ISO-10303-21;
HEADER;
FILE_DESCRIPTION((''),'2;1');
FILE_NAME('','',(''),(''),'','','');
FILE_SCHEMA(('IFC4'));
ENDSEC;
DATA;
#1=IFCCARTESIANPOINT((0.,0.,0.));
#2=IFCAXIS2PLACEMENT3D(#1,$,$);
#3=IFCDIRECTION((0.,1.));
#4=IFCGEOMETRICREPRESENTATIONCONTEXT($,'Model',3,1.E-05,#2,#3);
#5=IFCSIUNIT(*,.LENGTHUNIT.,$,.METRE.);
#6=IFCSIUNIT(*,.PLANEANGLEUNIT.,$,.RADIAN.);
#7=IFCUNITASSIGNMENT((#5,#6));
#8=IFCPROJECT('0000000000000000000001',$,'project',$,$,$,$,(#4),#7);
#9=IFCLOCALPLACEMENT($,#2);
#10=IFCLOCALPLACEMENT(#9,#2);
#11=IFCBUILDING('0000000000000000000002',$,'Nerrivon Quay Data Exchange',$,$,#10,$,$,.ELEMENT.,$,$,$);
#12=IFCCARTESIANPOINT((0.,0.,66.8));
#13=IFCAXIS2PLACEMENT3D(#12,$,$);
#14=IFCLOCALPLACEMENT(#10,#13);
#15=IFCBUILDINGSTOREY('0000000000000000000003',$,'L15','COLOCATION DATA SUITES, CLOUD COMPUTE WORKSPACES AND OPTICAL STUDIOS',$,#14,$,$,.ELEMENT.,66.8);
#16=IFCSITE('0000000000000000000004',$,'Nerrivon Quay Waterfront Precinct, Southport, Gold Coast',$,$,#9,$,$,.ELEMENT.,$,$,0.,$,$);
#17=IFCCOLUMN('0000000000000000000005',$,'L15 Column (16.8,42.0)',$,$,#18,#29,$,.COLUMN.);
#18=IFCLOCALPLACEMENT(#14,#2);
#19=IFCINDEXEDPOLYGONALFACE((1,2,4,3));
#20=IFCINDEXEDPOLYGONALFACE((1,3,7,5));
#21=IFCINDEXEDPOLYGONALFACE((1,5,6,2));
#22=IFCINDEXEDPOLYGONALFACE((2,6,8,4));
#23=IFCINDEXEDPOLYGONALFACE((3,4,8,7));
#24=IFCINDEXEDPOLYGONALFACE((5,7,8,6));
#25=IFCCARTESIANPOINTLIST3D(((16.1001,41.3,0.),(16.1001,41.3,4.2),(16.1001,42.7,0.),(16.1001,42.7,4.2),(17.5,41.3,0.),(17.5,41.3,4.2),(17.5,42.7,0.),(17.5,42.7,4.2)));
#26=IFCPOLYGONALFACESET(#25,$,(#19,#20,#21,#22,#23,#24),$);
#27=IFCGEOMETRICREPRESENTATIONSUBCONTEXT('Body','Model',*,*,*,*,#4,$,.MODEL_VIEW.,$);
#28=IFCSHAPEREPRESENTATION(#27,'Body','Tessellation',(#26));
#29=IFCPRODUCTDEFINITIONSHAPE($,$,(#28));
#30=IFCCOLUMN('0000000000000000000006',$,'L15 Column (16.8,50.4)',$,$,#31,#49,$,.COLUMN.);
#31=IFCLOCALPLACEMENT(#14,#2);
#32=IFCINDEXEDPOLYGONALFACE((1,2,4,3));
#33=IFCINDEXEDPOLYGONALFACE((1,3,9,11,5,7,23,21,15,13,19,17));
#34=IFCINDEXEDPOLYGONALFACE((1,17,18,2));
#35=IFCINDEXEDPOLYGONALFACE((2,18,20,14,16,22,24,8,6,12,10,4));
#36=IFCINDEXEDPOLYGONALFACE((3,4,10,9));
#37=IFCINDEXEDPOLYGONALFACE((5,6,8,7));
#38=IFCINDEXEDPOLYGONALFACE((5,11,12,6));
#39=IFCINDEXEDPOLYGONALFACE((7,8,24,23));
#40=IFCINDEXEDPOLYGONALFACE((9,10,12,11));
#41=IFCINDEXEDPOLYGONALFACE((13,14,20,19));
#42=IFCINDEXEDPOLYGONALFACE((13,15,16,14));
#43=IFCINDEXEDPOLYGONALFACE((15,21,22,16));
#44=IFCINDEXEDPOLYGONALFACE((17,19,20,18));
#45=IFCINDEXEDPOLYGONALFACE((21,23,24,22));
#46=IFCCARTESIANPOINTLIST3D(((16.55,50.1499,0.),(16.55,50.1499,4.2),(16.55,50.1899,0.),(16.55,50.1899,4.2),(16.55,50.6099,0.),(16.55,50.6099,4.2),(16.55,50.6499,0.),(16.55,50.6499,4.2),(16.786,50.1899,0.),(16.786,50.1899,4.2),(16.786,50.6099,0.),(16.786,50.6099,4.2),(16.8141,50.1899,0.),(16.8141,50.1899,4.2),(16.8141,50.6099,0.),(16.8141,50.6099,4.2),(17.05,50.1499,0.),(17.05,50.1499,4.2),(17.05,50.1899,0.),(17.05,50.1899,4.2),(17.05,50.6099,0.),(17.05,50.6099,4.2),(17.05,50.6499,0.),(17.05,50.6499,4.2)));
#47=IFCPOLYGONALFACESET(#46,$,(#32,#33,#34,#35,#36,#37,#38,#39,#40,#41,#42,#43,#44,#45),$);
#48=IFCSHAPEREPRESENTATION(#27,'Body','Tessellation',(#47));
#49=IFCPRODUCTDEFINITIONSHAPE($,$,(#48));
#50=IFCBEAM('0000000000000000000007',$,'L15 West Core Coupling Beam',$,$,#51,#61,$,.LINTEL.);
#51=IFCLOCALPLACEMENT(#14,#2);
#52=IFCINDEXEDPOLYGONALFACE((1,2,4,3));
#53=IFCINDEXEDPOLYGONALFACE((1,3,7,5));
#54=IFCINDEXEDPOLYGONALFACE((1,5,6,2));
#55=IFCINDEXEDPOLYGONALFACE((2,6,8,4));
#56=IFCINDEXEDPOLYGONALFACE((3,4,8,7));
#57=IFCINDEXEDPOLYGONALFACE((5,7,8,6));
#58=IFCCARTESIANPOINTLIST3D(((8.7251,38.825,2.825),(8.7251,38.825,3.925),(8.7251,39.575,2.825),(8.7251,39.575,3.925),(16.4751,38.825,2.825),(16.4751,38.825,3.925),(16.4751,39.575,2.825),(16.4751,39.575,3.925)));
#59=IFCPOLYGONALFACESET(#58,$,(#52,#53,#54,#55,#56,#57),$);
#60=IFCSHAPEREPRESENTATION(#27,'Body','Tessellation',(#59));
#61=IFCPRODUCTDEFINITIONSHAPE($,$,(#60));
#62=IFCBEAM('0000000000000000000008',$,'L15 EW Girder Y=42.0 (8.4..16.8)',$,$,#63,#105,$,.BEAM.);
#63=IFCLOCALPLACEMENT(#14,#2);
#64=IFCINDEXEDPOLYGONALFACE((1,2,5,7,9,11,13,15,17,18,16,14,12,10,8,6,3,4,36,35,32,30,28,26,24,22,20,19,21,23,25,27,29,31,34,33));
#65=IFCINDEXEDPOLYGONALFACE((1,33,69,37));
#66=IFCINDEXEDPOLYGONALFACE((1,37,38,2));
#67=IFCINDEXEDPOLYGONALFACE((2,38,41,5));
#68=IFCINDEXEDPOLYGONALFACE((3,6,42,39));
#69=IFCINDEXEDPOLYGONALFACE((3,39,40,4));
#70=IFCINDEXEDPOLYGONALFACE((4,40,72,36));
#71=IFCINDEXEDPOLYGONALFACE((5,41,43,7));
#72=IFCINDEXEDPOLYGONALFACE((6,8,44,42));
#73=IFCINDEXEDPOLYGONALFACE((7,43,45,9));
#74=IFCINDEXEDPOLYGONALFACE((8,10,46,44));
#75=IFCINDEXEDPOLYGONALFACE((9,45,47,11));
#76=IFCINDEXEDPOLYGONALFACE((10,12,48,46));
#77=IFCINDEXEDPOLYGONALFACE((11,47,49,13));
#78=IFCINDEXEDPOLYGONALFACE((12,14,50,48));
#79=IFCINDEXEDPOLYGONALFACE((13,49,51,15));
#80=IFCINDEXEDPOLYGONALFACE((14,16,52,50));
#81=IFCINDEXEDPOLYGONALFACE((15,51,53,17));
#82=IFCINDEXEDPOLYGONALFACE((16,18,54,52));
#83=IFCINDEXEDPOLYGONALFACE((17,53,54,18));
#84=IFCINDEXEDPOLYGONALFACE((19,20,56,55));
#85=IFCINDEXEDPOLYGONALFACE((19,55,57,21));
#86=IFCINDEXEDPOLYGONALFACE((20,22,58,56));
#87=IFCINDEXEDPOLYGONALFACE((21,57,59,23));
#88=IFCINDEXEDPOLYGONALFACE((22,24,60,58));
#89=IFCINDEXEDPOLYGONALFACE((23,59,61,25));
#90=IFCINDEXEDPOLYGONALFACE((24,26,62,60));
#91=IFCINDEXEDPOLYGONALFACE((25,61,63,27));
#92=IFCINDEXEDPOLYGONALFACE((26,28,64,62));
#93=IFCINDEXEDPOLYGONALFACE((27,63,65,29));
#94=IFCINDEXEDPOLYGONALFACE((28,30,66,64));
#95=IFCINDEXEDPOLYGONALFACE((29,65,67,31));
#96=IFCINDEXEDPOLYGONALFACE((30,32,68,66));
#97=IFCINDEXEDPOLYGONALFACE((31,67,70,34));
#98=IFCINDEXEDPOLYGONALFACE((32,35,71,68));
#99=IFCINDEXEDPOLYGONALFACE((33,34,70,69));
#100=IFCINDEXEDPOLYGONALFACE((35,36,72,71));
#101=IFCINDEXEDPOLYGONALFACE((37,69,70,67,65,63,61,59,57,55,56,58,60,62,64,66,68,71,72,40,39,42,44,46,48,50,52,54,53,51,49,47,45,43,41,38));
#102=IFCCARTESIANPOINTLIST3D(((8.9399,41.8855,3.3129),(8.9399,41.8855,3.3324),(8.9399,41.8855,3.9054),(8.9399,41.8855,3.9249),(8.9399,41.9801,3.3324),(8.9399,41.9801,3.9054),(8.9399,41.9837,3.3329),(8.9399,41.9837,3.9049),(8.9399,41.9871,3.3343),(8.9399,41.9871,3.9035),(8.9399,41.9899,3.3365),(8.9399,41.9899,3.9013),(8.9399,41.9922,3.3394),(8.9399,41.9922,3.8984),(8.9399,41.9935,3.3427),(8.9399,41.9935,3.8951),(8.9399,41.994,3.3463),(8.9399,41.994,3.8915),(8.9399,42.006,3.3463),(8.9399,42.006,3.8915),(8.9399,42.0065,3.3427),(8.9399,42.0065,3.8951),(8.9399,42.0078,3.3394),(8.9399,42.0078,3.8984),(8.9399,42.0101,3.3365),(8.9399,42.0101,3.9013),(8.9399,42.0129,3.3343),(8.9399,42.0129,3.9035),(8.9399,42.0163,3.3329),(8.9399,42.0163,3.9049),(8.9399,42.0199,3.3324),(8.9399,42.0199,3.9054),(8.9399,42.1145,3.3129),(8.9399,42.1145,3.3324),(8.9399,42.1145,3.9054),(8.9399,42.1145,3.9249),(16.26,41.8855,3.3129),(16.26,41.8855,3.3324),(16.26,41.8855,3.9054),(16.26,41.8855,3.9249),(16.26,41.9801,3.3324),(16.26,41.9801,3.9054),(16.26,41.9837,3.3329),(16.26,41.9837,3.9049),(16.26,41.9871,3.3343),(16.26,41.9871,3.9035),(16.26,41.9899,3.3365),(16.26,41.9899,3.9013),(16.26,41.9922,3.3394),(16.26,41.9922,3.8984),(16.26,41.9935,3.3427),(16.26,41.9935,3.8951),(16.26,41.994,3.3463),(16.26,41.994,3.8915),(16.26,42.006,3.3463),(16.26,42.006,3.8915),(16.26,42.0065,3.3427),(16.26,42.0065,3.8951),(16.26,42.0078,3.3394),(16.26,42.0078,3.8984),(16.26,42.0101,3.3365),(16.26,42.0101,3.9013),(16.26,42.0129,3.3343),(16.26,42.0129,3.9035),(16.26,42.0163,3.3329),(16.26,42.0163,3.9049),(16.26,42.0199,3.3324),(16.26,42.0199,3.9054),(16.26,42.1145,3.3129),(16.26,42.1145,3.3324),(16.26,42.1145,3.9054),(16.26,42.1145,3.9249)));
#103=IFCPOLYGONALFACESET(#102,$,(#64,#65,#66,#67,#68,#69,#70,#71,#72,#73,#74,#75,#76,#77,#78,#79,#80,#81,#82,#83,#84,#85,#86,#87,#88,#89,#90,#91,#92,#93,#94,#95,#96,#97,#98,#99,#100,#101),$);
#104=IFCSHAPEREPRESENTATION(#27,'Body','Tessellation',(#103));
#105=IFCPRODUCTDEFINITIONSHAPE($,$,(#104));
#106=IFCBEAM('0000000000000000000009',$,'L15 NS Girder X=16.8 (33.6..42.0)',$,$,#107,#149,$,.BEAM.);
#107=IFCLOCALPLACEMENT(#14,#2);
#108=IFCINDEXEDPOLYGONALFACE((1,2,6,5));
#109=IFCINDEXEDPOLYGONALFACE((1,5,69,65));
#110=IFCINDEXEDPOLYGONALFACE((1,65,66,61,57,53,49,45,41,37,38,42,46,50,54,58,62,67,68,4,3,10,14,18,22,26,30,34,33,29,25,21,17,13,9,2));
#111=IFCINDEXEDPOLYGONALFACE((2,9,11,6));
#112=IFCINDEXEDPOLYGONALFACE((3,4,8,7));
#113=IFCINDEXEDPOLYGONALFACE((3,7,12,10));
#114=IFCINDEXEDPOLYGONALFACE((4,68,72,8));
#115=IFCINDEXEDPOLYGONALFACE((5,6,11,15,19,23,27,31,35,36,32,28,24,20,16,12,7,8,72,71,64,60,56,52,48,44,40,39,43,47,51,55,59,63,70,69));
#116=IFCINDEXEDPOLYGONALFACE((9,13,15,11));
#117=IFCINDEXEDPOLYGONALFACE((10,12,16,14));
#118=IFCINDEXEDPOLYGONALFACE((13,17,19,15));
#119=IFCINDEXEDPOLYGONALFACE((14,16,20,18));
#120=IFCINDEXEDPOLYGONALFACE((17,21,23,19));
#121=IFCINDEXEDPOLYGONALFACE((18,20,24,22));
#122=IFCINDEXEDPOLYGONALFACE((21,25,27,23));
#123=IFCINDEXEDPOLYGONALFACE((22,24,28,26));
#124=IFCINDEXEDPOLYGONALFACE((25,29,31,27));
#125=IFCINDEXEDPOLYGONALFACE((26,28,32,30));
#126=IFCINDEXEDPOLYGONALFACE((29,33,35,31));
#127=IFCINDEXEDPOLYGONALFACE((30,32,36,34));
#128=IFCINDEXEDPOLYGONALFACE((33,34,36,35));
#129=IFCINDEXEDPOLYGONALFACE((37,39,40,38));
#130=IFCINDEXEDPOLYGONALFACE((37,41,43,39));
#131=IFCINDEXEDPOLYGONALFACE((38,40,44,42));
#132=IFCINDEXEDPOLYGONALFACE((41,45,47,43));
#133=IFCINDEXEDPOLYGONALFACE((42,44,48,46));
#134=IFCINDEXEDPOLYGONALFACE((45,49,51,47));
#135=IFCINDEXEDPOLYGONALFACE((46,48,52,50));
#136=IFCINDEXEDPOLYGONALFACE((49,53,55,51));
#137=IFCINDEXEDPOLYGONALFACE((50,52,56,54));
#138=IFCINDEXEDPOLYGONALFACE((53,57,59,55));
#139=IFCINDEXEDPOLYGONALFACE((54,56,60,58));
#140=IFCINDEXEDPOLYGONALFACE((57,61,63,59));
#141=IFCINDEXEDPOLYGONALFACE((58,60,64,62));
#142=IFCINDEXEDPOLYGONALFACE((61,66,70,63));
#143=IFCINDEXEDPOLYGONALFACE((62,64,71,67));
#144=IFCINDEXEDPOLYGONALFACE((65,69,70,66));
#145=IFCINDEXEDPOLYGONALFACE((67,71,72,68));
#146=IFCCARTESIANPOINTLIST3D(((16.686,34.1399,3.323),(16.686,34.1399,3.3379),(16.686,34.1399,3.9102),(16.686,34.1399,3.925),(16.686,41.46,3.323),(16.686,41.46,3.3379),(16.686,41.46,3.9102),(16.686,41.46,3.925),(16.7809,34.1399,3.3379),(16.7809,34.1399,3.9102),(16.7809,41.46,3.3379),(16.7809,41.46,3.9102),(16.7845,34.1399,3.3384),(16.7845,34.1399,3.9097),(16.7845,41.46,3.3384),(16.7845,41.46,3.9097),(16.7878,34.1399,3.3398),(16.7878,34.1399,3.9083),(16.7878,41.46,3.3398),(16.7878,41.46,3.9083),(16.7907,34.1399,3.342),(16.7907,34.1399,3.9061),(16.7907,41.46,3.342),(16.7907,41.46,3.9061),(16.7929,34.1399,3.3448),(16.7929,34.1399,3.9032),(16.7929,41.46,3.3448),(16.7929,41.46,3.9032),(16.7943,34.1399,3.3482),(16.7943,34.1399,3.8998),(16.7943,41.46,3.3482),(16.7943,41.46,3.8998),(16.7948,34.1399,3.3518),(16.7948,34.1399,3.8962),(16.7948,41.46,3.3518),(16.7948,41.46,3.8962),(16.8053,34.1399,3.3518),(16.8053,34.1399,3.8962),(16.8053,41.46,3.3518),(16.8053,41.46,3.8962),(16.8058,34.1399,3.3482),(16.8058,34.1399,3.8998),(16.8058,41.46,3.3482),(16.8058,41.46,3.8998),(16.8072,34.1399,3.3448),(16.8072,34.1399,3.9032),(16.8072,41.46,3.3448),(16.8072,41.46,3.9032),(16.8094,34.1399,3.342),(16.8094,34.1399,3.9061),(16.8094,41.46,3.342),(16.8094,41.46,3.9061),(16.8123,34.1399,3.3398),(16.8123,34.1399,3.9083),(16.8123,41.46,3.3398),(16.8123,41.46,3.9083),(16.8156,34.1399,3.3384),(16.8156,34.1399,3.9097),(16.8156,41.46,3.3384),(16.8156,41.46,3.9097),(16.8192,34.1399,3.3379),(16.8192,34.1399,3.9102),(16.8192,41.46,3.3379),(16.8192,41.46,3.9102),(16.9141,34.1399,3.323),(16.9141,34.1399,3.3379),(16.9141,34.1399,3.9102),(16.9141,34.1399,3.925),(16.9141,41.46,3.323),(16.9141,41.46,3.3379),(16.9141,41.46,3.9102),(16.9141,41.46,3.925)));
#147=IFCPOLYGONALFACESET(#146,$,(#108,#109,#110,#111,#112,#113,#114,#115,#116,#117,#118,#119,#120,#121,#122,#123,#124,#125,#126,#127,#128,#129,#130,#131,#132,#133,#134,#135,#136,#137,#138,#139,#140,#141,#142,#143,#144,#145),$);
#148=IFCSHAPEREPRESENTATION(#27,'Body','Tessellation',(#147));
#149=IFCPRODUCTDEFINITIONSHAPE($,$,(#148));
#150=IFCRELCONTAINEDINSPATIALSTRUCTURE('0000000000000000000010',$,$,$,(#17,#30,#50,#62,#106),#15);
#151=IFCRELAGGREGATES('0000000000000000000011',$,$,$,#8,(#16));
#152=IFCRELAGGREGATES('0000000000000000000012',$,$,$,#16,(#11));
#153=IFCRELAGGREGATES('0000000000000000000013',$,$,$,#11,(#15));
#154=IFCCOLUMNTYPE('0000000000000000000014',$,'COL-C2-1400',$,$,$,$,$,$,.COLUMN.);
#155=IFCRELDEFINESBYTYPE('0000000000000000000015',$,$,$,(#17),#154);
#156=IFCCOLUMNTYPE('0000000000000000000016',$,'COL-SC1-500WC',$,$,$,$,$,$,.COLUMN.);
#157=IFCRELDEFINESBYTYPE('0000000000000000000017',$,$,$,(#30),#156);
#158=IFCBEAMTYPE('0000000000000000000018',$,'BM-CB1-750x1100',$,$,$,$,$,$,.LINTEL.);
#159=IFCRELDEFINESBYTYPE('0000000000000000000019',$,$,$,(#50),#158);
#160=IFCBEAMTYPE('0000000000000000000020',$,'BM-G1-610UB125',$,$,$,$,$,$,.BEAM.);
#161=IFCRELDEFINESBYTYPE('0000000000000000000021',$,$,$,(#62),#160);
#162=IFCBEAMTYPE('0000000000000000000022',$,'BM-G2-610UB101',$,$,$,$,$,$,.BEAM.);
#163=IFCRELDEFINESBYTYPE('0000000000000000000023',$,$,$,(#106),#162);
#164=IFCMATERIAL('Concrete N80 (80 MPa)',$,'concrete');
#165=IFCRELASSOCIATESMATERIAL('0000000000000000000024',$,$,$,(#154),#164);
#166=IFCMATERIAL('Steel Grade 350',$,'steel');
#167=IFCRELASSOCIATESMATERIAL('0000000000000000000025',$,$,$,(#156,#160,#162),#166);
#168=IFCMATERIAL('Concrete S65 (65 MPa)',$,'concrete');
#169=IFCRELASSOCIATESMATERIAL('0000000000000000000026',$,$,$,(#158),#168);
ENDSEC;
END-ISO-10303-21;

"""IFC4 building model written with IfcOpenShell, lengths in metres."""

from ifc_helpers import new_model, si_unit, direction, frame, origin, origin_2d, place, context, subcontext, project, spatial, rectangle, i_section, extrude, material, material_profile, profile_set, type_object, element, save


model = new_model("IFC4")

# Units and contexts
model_context = context("Model", 3, precision=1e-05, world=origin(), true_north=direction((0.0, 1.0)))
body_context = subcontext(model_context, "Body", "Model", "MODEL_VIEW")
ifc_project = project(units=[si_unit("LENGTHUNIT", "METRE"), si_unit("PLANEANGLEUNIT", "RADIAN")], contexts=[model_context])

# Site, building, storey
site_placement = place(None, origin())
site = spatial("IfcSite", under=ifc_project, at=site_placement, Name="Nerrivon Quay Waterfront Precinct, Southport, Gold Coast", CompositionType="ELEMENT", RefElevation=0.0)
building_placement = place(site_placement, origin())
building = spatial("IfcBuilding", under=site, at=building_placement, Name="Nerrivon Quay Data Exchange", CompositionType="ELEMENT")
storey_placement = place(building_placement, frame((0.0, 0.0, 66.8)))
storey = spatial("IfcBuildingStorey", under=building, at=storey_placement, Name="L15", Description="COLOCATION DATA SUITES, CLOUD COMPUTE WORKSPACES AND OPTICAL STUDIOS", CompositionType="ELEMENT", Elevation=66.8)

# Columns
ifc_material_1 = material(Name="Concrete N80 (80 MPa)", Category="concrete")
ifc_material_profile_1 = material_profile(ifc_material_1, rectangle(XDim=1.3999, YDim=1.3999, at=origin_2d()), Name="RC-COL-1400x1400")
ifc_profile_set_1 = profile_set([ifc_material_profile_1], Name="Concrete N80 (80 MPa)")
column_type_1 = type_object("IfcColumnType", Name="COL-C2-1400", PredefinedType="COLUMN", material=ifc_profile_set_1)
column_1_placement = place(storey_placement, frame((16.8, 42.0, 0.0), z_axis=(0.0, 0.0, 1.0), x_axis=(1.0, 0.0, 0.0)))
element("IfcColumn", 1, at=column_1_placement, inside=storey, type_object=column_type_1, Name="L15 Column (16.8,42.0)", PredefinedType="COLUMN", context=body_context, shape_type="SweptSolid", body=[
    extrude(rectangle(XDim=1.3999, YDim=1.3999, at=origin_2d()), origin(), (0.0, 0.0, 1.0), 4.2),
])
ifc_material_2 = material(Name="Steel Grade 350", Category="steel")
ifc_material_profile_2 = material_profile(ifc_material_2, i_section(OverallWidth=0.5, OverallDepth=0.5, WebThickness=0.0281, FlangeThickness=0.04, at=origin_2d()), Name="500WC440")
ifc_profile_set_2 = profile_set([ifc_material_profile_2], Name="Steel Grade 350")
column_type_2 = type_object("IfcColumnType", Name="COL-SC1-500WC", PredefinedType="COLUMN", material=ifc_profile_set_2)
column_2_placement = place(storey_placement, frame((16.8, 50.3999, 0.0), z_axis=(0.0, 0.0, 1.0), x_axis=(1.0, 0.0, 0.0)))
element("IfcColumn", 2, at=column_2_placement, inside=storey, type_object=column_type_2, Name="L15 Column (16.8,50.4)", PredefinedType="COLUMN", context=body_context, shape_type="SweptSolid", body=[
    extrude(i_section(OverallWidth=0.5, OverallDepth=0.5, WebThickness=0.0281, FlangeThickness=0.04, at=origin_2d()), origin(), (0.0, 0.0, 1.0), 4.2),
])

# Beams
ifc_material_3 = material(Name="Concrete S65 (65 MPa)", Category="concrete")
ifc_material_profile_3 = material_profile(ifc_material_3, rectangle(XDim=0.75, YDim=1.1001, at=origin_2d()), Name="RC-CB-750x1100")
ifc_profile_set_3 = profile_set([ifc_material_profile_3], Name="Concrete S65 (65 MPa)")
beam_type_1 = type_object("IfcBeamType", Name="BM-CB1-750x1100", PredefinedType="LINTEL", material=ifc_profile_set_3)
beam_1_placement = place(storey_placement, frame((8.7251, 39.2, 3.375), z_axis=(1.0, 0.0, 0.0), x_axis=(0.0, 1.0, 0.0)))
element("IfcBeam", 3, at=beam_1_placement, inside=storey, type_object=beam_type_1, Name="L15 West Core Coupling Beam", PredefinedType="LINTEL", context=body_context, shape_type="SweptSolid", body=[
    extrude(rectangle(XDim=0.75, YDim=1.1001, at=origin_2d()), origin(), (0.0, 0.0, 1.0), 7.75),
])
ifc_material_profile_4 = material_profile(ifc_material_2, i_section(OverallWidth=0.229, OverallDepth=0.6121, WebThickness=0.012, FlangeThickness=0.0195, FilletRadius=0.0139, at=origin_2d()), Name="610UB125")
ifc_profile_set_4 = profile_set([ifc_material_profile_4], Name="Steel Grade 350")
beam_type_2 = type_object("IfcBeamType", Name="BM-G1-610UB125", PredefinedType="BEAM", material=ifc_profile_set_4)
beam_2_placement = place(storey_placement, frame((8.9399, 42.0, 3.6189), z_axis=(1.0, 0.0, 0.0), x_axis=(0.0, 1.0, 0.0)))
element("IfcBeam", 4, at=beam_2_placement, inside=storey, type_object=beam_type_2, Name="L15 EW Girder Y=42.0 (8.4..16.8)", PredefinedType="BEAM", context=body_context, shape_type="SweptSolid", body=[
    extrude(i_section(OverallWidth=0.229, OverallDepth=0.6121, WebThickness=0.012, FlangeThickness=0.0195, FilletRadius=0.0139, at=origin_2d()), origin(), (0.0, 0.0, 1.0), 7.3201),
])
ifc_material_profile_5 = material_profile(ifc_material_2, i_section(OverallWidth=0.228, OverallDepth=0.6021, WebThickness=0.0105, FlangeThickness=0.0149, FilletRadius=0.0139, at=origin_2d()), Name="610UB101")
ifc_profile_set_5 = profile_set([ifc_material_profile_5], Name="Steel Grade 350")
beam_type_3 = type_object("IfcBeamType", Name="BM-G2-610UB101", PredefinedType="BEAM", material=ifc_profile_set_5)
beam_3_placement = place(storey_placement, frame((16.8, 34.1399, 3.624), z_axis=(0.0, 1.0, 0.0), x_axis=(-1.0, 0.0, 0.0)))
element("IfcBeam", 5, at=beam_3_placement, inside=storey, type_object=beam_type_3, Name="L15 NS Girder X=16.8 (33.6..42.0)", PredefinedType="BEAM", context=body_context, shape_type="SweptSolid", body=[
    extrude(i_section(OverallWidth=0.228, OverallDepth=0.6021, WebThickness=0.0105, FlangeThickness=0.0149, FilletRadius=0.0139, at=origin_2d()), origin(), (0.0, 0.0, 1.0), 7.3201),
])

save(model, "model.ifc")
